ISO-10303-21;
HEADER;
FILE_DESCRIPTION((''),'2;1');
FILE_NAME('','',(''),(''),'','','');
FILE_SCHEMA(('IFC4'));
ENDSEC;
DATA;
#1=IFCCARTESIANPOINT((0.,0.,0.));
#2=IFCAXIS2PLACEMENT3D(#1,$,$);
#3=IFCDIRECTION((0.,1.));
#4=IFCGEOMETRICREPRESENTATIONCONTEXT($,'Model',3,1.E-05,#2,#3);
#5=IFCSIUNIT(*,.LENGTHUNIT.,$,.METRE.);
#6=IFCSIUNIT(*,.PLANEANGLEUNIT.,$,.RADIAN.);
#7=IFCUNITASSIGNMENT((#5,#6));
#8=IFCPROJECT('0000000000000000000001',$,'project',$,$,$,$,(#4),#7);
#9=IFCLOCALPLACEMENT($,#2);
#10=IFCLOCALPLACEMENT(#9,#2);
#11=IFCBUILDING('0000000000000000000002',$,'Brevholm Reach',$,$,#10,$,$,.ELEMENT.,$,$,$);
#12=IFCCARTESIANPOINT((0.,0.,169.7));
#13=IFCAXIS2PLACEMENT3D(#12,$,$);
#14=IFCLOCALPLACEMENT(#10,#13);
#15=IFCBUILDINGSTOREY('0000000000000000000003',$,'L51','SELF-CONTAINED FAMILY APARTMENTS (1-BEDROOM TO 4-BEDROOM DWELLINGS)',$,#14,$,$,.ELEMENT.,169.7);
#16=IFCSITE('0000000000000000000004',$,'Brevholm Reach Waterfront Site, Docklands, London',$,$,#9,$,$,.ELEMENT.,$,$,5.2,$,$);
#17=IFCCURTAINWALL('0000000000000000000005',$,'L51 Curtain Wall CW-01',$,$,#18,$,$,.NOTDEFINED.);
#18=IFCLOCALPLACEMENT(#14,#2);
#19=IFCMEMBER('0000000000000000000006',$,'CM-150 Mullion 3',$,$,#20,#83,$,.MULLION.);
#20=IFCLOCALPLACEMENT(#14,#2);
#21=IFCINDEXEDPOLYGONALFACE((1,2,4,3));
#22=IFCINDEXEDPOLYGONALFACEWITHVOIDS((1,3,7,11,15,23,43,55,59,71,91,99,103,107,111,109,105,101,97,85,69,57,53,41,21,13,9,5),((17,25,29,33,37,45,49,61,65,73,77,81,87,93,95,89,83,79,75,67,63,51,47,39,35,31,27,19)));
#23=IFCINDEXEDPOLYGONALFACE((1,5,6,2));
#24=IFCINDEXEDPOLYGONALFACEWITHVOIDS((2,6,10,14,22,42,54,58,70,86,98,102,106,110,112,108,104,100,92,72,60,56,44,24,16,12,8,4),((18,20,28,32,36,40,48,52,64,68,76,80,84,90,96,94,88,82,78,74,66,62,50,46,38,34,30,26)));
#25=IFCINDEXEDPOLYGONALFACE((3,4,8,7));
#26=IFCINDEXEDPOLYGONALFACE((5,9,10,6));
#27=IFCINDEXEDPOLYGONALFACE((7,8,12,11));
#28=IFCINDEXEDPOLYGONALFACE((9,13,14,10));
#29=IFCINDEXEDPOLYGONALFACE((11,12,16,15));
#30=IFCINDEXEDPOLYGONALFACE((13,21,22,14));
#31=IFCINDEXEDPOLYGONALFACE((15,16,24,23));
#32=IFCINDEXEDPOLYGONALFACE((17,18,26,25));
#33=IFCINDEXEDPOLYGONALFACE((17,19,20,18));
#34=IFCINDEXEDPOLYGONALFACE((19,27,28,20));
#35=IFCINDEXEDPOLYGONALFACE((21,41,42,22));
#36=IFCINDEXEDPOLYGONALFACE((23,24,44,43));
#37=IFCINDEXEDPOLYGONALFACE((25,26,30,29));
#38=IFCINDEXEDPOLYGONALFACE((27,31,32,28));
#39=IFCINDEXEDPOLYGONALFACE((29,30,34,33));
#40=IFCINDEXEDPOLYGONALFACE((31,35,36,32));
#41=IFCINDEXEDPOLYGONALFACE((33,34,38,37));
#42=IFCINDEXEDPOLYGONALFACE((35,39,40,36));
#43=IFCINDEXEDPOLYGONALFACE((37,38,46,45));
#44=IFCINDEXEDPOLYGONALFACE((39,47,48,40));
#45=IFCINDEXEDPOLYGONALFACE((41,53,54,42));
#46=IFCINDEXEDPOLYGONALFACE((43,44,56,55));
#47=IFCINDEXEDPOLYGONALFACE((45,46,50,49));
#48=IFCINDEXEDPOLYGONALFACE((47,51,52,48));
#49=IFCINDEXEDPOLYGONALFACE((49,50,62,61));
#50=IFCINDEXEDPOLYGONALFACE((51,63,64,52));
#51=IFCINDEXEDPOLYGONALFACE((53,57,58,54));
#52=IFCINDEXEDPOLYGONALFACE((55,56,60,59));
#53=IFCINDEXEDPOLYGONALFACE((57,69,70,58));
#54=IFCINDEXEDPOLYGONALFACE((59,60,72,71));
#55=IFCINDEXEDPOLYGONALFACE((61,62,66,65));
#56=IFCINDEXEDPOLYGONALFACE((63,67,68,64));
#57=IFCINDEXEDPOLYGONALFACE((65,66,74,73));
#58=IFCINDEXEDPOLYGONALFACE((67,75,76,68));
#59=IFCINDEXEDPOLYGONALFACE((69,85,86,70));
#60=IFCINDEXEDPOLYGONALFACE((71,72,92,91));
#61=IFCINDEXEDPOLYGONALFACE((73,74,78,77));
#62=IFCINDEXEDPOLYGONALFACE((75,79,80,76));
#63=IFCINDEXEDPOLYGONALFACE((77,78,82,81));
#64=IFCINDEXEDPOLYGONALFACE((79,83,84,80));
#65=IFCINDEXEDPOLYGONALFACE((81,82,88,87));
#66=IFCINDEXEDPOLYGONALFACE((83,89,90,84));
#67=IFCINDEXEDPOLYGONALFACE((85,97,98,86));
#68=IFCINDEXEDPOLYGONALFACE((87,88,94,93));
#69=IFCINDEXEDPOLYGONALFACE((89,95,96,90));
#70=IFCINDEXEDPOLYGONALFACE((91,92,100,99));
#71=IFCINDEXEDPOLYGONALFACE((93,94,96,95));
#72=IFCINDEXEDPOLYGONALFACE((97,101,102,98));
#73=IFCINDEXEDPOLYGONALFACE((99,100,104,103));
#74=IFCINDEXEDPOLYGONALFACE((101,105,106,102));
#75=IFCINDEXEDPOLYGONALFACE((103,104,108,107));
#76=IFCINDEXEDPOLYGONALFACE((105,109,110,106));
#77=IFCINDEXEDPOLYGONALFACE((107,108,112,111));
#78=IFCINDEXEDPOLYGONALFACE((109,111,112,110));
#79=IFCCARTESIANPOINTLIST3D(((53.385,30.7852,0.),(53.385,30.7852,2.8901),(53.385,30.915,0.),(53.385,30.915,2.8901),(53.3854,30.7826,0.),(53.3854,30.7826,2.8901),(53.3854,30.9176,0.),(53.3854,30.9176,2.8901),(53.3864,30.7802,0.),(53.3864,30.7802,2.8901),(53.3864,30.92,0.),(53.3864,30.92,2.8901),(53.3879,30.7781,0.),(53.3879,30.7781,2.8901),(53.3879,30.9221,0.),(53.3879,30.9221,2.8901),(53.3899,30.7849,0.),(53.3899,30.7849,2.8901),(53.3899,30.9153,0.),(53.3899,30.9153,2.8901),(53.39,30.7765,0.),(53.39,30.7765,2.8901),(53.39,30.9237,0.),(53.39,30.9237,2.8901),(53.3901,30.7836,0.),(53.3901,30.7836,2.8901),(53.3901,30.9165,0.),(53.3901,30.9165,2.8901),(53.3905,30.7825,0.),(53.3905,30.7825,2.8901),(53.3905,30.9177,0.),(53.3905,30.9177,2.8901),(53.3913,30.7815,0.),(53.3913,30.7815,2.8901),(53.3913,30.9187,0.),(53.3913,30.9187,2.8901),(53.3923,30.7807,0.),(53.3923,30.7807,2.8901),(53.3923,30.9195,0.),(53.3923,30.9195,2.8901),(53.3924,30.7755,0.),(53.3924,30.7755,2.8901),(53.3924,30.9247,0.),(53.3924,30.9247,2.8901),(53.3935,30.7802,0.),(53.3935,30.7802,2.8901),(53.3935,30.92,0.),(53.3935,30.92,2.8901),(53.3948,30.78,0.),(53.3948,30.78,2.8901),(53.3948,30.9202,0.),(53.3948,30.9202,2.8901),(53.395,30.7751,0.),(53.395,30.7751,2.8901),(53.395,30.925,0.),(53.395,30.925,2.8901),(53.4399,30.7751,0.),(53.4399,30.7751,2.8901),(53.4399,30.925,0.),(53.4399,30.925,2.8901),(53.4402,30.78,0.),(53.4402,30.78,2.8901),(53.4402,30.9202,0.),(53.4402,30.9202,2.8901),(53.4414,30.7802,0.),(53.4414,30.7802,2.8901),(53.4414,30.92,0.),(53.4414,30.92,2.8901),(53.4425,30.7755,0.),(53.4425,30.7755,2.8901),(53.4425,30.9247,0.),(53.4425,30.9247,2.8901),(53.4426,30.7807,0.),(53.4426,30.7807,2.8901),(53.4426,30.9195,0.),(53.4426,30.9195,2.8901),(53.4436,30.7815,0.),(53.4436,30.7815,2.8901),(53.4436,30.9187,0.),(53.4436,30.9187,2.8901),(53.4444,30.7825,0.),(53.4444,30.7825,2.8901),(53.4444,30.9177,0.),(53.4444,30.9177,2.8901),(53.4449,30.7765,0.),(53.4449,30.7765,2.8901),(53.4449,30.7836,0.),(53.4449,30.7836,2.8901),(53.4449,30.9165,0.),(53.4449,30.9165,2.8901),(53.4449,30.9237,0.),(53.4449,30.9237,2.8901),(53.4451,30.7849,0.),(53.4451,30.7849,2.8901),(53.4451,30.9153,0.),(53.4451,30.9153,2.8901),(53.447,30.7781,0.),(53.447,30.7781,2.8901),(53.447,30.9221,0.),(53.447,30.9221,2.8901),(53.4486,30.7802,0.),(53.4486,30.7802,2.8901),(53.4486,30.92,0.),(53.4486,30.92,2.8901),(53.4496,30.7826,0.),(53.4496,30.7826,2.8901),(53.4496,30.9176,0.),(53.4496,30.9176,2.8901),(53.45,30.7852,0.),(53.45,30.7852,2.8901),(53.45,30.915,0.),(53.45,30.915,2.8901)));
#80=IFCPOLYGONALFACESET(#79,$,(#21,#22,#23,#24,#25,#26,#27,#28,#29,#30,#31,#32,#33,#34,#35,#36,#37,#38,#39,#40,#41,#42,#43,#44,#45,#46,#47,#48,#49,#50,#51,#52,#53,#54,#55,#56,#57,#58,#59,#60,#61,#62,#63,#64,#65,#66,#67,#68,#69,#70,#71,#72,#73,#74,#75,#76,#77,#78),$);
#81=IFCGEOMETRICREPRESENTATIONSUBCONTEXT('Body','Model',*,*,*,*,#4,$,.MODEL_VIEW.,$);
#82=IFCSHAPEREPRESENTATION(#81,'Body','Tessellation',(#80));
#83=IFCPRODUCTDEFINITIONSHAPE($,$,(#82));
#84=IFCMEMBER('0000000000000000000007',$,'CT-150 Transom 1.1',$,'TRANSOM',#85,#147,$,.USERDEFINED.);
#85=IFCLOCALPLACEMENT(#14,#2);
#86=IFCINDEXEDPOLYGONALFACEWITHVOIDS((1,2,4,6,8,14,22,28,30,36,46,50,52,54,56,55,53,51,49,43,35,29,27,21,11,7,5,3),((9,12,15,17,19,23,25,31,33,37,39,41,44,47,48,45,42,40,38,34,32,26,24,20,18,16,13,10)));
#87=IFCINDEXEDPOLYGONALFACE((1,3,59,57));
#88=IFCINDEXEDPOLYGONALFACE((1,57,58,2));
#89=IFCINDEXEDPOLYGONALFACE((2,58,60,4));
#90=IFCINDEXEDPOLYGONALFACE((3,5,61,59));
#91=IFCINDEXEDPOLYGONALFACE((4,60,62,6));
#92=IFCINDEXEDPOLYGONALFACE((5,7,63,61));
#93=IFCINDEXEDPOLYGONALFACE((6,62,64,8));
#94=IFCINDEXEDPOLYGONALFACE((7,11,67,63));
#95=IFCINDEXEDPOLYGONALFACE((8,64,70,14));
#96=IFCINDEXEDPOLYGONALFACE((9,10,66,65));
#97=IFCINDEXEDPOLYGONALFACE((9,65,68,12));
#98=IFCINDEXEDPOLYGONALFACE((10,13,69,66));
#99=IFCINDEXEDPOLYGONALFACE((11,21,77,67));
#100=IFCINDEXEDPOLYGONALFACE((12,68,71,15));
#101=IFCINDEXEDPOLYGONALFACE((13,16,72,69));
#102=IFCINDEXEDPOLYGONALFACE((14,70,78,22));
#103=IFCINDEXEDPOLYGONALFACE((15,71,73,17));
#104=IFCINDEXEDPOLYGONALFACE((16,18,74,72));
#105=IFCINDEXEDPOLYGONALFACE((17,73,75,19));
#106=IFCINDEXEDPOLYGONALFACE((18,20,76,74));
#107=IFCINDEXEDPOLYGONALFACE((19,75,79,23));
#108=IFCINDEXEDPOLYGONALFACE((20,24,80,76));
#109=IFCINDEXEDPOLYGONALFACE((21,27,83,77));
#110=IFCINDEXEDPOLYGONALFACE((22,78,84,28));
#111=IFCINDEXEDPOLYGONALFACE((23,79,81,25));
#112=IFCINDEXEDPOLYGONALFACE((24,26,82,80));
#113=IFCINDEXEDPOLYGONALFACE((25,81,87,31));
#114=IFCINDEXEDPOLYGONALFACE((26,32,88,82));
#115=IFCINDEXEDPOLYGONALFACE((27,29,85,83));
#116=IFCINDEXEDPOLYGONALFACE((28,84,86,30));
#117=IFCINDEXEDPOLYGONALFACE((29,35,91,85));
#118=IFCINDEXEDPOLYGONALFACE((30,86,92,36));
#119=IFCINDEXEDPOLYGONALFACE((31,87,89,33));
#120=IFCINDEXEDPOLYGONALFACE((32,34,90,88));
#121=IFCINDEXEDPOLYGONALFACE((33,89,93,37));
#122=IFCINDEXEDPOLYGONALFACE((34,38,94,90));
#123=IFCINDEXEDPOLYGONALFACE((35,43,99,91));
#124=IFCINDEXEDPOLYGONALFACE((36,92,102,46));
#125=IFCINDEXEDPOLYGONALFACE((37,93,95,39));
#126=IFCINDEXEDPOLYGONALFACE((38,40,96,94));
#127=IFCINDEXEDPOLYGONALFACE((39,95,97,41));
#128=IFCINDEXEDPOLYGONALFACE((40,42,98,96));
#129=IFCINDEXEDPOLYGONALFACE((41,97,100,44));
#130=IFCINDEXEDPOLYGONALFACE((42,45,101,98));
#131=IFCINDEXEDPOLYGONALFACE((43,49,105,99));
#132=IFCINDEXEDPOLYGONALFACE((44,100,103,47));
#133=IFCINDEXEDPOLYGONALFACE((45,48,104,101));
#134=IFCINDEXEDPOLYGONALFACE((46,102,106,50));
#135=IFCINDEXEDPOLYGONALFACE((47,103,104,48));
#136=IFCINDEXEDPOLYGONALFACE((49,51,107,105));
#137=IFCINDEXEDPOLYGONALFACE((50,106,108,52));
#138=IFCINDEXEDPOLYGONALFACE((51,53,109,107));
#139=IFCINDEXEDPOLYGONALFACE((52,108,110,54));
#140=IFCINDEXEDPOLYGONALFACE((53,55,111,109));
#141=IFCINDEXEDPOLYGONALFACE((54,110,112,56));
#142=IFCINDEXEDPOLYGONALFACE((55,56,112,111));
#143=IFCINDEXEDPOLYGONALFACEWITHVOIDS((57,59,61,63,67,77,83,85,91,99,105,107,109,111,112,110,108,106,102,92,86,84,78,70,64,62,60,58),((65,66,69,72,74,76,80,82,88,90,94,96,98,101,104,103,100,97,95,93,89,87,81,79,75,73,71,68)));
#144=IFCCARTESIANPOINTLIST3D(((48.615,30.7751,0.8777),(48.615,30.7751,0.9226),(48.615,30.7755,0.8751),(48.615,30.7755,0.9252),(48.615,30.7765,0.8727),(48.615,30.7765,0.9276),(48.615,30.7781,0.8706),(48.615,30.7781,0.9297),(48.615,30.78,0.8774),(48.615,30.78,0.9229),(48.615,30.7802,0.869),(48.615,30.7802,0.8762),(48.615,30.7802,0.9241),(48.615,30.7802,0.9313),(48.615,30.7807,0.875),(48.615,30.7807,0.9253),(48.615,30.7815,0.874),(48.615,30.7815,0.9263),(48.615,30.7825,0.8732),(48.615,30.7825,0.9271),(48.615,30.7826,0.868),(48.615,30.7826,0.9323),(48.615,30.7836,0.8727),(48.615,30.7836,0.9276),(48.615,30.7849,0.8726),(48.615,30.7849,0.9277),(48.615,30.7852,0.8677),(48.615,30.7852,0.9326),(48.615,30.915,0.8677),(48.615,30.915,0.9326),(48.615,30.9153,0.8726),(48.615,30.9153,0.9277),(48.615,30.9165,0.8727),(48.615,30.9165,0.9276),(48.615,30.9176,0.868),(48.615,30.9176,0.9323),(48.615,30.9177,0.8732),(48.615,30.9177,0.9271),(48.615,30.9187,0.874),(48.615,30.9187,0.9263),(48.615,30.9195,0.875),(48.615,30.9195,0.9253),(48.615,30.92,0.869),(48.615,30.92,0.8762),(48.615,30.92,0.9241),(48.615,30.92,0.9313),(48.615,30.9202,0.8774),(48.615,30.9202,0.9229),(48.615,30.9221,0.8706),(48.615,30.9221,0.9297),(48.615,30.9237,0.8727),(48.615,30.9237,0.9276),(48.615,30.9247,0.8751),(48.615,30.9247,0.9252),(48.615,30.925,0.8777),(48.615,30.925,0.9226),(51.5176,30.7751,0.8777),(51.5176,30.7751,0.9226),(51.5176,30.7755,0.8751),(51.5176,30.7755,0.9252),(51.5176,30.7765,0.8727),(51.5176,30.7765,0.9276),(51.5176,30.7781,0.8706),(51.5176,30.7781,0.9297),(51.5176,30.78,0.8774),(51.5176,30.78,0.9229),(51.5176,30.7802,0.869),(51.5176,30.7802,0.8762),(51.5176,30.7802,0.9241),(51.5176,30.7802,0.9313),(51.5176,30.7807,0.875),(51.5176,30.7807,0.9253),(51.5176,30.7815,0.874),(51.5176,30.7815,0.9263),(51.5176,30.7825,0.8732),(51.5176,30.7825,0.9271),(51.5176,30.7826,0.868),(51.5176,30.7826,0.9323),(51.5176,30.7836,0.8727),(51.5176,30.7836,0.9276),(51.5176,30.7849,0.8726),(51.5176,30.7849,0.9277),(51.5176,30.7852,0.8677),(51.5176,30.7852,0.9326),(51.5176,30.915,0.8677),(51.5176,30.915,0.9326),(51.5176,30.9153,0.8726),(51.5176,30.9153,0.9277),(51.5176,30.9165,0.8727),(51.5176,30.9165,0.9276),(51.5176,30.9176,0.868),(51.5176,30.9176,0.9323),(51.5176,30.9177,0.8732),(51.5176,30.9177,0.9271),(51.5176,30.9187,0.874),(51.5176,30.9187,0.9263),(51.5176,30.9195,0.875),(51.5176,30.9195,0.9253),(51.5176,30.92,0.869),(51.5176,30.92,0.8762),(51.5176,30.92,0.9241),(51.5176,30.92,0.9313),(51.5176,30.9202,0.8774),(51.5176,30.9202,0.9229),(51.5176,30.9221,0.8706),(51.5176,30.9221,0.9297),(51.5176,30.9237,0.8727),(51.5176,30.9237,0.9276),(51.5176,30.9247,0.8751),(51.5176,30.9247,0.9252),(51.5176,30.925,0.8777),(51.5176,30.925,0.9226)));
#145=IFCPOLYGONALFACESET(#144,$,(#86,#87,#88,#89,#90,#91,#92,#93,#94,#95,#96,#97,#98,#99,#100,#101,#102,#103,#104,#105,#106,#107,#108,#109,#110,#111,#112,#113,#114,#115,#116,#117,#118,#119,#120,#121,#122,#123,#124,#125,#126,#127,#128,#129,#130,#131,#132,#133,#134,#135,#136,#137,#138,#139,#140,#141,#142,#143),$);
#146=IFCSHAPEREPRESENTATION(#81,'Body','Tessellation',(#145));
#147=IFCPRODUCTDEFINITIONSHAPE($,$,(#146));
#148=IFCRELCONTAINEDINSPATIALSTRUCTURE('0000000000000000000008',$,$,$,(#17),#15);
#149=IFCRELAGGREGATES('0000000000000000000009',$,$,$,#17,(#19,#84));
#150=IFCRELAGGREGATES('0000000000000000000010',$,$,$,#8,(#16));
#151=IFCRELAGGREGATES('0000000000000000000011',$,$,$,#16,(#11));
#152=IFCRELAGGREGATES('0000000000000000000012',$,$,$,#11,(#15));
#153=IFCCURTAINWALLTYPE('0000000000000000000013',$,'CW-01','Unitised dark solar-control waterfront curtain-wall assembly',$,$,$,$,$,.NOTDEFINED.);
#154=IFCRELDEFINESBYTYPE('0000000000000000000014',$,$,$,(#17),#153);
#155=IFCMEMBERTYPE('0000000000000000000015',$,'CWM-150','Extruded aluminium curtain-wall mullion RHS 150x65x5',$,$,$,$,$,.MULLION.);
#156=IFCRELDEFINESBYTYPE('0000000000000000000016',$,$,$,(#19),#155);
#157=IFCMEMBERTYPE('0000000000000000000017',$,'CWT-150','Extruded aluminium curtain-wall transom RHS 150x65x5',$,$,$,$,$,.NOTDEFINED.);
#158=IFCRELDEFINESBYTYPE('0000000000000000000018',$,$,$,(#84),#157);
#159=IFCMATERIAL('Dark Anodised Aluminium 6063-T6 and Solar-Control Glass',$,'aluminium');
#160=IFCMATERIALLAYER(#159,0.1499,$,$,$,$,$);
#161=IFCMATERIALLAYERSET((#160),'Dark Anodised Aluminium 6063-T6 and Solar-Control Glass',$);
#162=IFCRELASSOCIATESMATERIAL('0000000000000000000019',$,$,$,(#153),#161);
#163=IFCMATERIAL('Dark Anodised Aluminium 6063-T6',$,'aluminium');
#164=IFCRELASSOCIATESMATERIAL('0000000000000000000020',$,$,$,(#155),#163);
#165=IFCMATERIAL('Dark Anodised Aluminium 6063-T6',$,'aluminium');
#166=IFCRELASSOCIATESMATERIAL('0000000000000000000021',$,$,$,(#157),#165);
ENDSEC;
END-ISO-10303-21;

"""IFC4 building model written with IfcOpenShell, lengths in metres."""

from ifc_helpers import new_model, si_unit, direction, frame, origin, origin_2d, place, context, subcontext, project, spatial, hollow_rectangle, extrude, material, layer, layer_set, material_profile, profile_set, type_object, element, aggregate, save


model = new_model("IFC4")

# Units and contexts
model_context = context("Model", 3, precision=1e-05, world=origin(), true_north=direction((0.0, 1.0)))
body_context = subcontext(model_context, "Body", "Model", "MODEL_VIEW")
ifc_project = project(units=[si_unit("LENGTHUNIT", "METRE"), si_unit("PLANEANGLEUNIT", "RADIAN")], contexts=[model_context])

# Site, building, storey
site_placement = place(None, origin())
site = spatial("IfcSite", under=ifc_project, at=site_placement, Name="Brevholm Reach Waterfront Site, Docklands, London", CompositionType="ELEMENT", RefElevation=5.2)
building_placement = place(site_placement, origin())
building = spatial("IfcBuilding", under=site, at=building_placement, Name="Brevholm Reach", CompositionType="ELEMENT")
storey_placement = place(building_placement, frame((0.0, 0.0, 169.7)))
storey = spatial("IfcBuildingStorey", under=building, at=storey_placement, Name="L51", Description="SELF-CONTAINED FAMILY APARTMENTS (1-BEDROOM TO 4-BEDROOM DWELLINGS)", CompositionType="ELEMENT", Elevation=169.7)

# Curtain wall, members
ifc_material_1 = material(Name="Dark Anodised Aluminium 6063-T6 and Solar-Control Glass", Category="aluminium")
ifc_layer_1 = layer(ifc_material_1, 0.1499)
ifc_layer_set_1 = layer_set([ifc_layer_1], Name="Dark Anodised Aluminium 6063-T6 and Solar-Control Glass")
curtain_wall_type = type_object("IfcCurtainWallType", Name="CW-01", Description="Unitised dark solar-control waterfront curtain-wall assembly", PredefinedType="NOTDEFINED", material=ifc_layer_set_1)
curtain_wall_placement = place(storey_placement, origin())
curtain_wall = element("IfcCurtainWall", 1, at=curtain_wall_placement, inside=storey, type_object=curtain_wall_type, Name="L51 Curtain Wall CW-01", PredefinedType="NOTDEFINED")
ifc_material_2 = material(Name="Dark Anodised Aluminium 6063-T6", Category="aluminium")
ifc_material_profile_1 = material_profile(ifc_material_2, hollow_rectangle(XDim=0.0649, YDim=0.1499, WallThickness=0.0049, InnerFilletRadius=0.0049, OuterFilletRadius=0.01, at=origin_2d()), Name="RHS 150x65x5")
ifc_profile_set_1 = profile_set([ifc_material_profile_1], Name="Dark Anodised Aluminium 6063-T6")
member_type_1 = type_object("IfcMemberType", Name="CWM-150", Description="Extruded aluminium curtain-wall mullion RHS 150x65x5", PredefinedType="MULLION", material=ifc_profile_set_1)
member_1_placement = place(storey_placement, frame((53.4175, 30.8501, 0.0), z_axis=(0.0, 0.0, 1.0), x_axis=(1.0, 0.0, 0.0)))
member_1 = element("IfcMember", 2, at=member_1_placement, type_object=member_type_1, Name="CM-150 Mullion 3", PredefinedType="MULLION", context=body_context, shape_type="SweptSolid", body=[
    extrude(hollow_rectangle(XDim=0.0649, YDim=0.1499, WallThickness=0.0049, InnerFilletRadius=0.0049, OuterFilletRadius=0.01, at=origin_2d()), origin(), (0.0, 0.0, 1.0), 2.8901),
])
ifc_material_3 = material(Name="Dark Anodised Aluminium 6063-T6", Category="aluminium")
ifc_material_profile_2 = material_profile(ifc_material_3, hollow_rectangle(XDim=0.0649, YDim=0.1499, WallThickness=0.0049, InnerFilletRadius=0.0049, OuterFilletRadius=0.01, at=origin_2d()), Name="RHS 150x65x5")
ifc_profile_set_2 = profile_set([ifc_material_profile_2], Name="Dark Anodised Aluminium 6063-T6")
member_type_2 = type_object("IfcMemberType", Name="CWT-150", Description="Extruded aluminium curtain-wall transom RHS 150x65x5", PredefinedType="NOTDEFINED", material=ifc_profile_set_2)
member_2_placement = place(storey_placement, frame((48.615, 30.8501, 0.9001), z_axis=(1.0, 0.0, 0.0), x_axis=(0.0, 0.0, 1.0)))
member_2 = element("IfcMember", 3, at=member_2_placement, type_object=member_type_2, Name="CT-150 Transom 1.1", ObjectType="TRANSOM", PredefinedType="USERDEFINED", context=body_context, shape_type="SweptSolid", body=[
    extrude(hollow_rectangle(XDim=0.0649, YDim=0.1499, WallThickness=0.0049, InnerFilletRadius=0.0049, OuterFilletRadius=0.01, at=origin_2d()), origin(), (0.0, 0.0, 1.0), 2.9026),
])
aggregate(curtain_wall, [member_1, member_2])

save(model, "model.ifc")
